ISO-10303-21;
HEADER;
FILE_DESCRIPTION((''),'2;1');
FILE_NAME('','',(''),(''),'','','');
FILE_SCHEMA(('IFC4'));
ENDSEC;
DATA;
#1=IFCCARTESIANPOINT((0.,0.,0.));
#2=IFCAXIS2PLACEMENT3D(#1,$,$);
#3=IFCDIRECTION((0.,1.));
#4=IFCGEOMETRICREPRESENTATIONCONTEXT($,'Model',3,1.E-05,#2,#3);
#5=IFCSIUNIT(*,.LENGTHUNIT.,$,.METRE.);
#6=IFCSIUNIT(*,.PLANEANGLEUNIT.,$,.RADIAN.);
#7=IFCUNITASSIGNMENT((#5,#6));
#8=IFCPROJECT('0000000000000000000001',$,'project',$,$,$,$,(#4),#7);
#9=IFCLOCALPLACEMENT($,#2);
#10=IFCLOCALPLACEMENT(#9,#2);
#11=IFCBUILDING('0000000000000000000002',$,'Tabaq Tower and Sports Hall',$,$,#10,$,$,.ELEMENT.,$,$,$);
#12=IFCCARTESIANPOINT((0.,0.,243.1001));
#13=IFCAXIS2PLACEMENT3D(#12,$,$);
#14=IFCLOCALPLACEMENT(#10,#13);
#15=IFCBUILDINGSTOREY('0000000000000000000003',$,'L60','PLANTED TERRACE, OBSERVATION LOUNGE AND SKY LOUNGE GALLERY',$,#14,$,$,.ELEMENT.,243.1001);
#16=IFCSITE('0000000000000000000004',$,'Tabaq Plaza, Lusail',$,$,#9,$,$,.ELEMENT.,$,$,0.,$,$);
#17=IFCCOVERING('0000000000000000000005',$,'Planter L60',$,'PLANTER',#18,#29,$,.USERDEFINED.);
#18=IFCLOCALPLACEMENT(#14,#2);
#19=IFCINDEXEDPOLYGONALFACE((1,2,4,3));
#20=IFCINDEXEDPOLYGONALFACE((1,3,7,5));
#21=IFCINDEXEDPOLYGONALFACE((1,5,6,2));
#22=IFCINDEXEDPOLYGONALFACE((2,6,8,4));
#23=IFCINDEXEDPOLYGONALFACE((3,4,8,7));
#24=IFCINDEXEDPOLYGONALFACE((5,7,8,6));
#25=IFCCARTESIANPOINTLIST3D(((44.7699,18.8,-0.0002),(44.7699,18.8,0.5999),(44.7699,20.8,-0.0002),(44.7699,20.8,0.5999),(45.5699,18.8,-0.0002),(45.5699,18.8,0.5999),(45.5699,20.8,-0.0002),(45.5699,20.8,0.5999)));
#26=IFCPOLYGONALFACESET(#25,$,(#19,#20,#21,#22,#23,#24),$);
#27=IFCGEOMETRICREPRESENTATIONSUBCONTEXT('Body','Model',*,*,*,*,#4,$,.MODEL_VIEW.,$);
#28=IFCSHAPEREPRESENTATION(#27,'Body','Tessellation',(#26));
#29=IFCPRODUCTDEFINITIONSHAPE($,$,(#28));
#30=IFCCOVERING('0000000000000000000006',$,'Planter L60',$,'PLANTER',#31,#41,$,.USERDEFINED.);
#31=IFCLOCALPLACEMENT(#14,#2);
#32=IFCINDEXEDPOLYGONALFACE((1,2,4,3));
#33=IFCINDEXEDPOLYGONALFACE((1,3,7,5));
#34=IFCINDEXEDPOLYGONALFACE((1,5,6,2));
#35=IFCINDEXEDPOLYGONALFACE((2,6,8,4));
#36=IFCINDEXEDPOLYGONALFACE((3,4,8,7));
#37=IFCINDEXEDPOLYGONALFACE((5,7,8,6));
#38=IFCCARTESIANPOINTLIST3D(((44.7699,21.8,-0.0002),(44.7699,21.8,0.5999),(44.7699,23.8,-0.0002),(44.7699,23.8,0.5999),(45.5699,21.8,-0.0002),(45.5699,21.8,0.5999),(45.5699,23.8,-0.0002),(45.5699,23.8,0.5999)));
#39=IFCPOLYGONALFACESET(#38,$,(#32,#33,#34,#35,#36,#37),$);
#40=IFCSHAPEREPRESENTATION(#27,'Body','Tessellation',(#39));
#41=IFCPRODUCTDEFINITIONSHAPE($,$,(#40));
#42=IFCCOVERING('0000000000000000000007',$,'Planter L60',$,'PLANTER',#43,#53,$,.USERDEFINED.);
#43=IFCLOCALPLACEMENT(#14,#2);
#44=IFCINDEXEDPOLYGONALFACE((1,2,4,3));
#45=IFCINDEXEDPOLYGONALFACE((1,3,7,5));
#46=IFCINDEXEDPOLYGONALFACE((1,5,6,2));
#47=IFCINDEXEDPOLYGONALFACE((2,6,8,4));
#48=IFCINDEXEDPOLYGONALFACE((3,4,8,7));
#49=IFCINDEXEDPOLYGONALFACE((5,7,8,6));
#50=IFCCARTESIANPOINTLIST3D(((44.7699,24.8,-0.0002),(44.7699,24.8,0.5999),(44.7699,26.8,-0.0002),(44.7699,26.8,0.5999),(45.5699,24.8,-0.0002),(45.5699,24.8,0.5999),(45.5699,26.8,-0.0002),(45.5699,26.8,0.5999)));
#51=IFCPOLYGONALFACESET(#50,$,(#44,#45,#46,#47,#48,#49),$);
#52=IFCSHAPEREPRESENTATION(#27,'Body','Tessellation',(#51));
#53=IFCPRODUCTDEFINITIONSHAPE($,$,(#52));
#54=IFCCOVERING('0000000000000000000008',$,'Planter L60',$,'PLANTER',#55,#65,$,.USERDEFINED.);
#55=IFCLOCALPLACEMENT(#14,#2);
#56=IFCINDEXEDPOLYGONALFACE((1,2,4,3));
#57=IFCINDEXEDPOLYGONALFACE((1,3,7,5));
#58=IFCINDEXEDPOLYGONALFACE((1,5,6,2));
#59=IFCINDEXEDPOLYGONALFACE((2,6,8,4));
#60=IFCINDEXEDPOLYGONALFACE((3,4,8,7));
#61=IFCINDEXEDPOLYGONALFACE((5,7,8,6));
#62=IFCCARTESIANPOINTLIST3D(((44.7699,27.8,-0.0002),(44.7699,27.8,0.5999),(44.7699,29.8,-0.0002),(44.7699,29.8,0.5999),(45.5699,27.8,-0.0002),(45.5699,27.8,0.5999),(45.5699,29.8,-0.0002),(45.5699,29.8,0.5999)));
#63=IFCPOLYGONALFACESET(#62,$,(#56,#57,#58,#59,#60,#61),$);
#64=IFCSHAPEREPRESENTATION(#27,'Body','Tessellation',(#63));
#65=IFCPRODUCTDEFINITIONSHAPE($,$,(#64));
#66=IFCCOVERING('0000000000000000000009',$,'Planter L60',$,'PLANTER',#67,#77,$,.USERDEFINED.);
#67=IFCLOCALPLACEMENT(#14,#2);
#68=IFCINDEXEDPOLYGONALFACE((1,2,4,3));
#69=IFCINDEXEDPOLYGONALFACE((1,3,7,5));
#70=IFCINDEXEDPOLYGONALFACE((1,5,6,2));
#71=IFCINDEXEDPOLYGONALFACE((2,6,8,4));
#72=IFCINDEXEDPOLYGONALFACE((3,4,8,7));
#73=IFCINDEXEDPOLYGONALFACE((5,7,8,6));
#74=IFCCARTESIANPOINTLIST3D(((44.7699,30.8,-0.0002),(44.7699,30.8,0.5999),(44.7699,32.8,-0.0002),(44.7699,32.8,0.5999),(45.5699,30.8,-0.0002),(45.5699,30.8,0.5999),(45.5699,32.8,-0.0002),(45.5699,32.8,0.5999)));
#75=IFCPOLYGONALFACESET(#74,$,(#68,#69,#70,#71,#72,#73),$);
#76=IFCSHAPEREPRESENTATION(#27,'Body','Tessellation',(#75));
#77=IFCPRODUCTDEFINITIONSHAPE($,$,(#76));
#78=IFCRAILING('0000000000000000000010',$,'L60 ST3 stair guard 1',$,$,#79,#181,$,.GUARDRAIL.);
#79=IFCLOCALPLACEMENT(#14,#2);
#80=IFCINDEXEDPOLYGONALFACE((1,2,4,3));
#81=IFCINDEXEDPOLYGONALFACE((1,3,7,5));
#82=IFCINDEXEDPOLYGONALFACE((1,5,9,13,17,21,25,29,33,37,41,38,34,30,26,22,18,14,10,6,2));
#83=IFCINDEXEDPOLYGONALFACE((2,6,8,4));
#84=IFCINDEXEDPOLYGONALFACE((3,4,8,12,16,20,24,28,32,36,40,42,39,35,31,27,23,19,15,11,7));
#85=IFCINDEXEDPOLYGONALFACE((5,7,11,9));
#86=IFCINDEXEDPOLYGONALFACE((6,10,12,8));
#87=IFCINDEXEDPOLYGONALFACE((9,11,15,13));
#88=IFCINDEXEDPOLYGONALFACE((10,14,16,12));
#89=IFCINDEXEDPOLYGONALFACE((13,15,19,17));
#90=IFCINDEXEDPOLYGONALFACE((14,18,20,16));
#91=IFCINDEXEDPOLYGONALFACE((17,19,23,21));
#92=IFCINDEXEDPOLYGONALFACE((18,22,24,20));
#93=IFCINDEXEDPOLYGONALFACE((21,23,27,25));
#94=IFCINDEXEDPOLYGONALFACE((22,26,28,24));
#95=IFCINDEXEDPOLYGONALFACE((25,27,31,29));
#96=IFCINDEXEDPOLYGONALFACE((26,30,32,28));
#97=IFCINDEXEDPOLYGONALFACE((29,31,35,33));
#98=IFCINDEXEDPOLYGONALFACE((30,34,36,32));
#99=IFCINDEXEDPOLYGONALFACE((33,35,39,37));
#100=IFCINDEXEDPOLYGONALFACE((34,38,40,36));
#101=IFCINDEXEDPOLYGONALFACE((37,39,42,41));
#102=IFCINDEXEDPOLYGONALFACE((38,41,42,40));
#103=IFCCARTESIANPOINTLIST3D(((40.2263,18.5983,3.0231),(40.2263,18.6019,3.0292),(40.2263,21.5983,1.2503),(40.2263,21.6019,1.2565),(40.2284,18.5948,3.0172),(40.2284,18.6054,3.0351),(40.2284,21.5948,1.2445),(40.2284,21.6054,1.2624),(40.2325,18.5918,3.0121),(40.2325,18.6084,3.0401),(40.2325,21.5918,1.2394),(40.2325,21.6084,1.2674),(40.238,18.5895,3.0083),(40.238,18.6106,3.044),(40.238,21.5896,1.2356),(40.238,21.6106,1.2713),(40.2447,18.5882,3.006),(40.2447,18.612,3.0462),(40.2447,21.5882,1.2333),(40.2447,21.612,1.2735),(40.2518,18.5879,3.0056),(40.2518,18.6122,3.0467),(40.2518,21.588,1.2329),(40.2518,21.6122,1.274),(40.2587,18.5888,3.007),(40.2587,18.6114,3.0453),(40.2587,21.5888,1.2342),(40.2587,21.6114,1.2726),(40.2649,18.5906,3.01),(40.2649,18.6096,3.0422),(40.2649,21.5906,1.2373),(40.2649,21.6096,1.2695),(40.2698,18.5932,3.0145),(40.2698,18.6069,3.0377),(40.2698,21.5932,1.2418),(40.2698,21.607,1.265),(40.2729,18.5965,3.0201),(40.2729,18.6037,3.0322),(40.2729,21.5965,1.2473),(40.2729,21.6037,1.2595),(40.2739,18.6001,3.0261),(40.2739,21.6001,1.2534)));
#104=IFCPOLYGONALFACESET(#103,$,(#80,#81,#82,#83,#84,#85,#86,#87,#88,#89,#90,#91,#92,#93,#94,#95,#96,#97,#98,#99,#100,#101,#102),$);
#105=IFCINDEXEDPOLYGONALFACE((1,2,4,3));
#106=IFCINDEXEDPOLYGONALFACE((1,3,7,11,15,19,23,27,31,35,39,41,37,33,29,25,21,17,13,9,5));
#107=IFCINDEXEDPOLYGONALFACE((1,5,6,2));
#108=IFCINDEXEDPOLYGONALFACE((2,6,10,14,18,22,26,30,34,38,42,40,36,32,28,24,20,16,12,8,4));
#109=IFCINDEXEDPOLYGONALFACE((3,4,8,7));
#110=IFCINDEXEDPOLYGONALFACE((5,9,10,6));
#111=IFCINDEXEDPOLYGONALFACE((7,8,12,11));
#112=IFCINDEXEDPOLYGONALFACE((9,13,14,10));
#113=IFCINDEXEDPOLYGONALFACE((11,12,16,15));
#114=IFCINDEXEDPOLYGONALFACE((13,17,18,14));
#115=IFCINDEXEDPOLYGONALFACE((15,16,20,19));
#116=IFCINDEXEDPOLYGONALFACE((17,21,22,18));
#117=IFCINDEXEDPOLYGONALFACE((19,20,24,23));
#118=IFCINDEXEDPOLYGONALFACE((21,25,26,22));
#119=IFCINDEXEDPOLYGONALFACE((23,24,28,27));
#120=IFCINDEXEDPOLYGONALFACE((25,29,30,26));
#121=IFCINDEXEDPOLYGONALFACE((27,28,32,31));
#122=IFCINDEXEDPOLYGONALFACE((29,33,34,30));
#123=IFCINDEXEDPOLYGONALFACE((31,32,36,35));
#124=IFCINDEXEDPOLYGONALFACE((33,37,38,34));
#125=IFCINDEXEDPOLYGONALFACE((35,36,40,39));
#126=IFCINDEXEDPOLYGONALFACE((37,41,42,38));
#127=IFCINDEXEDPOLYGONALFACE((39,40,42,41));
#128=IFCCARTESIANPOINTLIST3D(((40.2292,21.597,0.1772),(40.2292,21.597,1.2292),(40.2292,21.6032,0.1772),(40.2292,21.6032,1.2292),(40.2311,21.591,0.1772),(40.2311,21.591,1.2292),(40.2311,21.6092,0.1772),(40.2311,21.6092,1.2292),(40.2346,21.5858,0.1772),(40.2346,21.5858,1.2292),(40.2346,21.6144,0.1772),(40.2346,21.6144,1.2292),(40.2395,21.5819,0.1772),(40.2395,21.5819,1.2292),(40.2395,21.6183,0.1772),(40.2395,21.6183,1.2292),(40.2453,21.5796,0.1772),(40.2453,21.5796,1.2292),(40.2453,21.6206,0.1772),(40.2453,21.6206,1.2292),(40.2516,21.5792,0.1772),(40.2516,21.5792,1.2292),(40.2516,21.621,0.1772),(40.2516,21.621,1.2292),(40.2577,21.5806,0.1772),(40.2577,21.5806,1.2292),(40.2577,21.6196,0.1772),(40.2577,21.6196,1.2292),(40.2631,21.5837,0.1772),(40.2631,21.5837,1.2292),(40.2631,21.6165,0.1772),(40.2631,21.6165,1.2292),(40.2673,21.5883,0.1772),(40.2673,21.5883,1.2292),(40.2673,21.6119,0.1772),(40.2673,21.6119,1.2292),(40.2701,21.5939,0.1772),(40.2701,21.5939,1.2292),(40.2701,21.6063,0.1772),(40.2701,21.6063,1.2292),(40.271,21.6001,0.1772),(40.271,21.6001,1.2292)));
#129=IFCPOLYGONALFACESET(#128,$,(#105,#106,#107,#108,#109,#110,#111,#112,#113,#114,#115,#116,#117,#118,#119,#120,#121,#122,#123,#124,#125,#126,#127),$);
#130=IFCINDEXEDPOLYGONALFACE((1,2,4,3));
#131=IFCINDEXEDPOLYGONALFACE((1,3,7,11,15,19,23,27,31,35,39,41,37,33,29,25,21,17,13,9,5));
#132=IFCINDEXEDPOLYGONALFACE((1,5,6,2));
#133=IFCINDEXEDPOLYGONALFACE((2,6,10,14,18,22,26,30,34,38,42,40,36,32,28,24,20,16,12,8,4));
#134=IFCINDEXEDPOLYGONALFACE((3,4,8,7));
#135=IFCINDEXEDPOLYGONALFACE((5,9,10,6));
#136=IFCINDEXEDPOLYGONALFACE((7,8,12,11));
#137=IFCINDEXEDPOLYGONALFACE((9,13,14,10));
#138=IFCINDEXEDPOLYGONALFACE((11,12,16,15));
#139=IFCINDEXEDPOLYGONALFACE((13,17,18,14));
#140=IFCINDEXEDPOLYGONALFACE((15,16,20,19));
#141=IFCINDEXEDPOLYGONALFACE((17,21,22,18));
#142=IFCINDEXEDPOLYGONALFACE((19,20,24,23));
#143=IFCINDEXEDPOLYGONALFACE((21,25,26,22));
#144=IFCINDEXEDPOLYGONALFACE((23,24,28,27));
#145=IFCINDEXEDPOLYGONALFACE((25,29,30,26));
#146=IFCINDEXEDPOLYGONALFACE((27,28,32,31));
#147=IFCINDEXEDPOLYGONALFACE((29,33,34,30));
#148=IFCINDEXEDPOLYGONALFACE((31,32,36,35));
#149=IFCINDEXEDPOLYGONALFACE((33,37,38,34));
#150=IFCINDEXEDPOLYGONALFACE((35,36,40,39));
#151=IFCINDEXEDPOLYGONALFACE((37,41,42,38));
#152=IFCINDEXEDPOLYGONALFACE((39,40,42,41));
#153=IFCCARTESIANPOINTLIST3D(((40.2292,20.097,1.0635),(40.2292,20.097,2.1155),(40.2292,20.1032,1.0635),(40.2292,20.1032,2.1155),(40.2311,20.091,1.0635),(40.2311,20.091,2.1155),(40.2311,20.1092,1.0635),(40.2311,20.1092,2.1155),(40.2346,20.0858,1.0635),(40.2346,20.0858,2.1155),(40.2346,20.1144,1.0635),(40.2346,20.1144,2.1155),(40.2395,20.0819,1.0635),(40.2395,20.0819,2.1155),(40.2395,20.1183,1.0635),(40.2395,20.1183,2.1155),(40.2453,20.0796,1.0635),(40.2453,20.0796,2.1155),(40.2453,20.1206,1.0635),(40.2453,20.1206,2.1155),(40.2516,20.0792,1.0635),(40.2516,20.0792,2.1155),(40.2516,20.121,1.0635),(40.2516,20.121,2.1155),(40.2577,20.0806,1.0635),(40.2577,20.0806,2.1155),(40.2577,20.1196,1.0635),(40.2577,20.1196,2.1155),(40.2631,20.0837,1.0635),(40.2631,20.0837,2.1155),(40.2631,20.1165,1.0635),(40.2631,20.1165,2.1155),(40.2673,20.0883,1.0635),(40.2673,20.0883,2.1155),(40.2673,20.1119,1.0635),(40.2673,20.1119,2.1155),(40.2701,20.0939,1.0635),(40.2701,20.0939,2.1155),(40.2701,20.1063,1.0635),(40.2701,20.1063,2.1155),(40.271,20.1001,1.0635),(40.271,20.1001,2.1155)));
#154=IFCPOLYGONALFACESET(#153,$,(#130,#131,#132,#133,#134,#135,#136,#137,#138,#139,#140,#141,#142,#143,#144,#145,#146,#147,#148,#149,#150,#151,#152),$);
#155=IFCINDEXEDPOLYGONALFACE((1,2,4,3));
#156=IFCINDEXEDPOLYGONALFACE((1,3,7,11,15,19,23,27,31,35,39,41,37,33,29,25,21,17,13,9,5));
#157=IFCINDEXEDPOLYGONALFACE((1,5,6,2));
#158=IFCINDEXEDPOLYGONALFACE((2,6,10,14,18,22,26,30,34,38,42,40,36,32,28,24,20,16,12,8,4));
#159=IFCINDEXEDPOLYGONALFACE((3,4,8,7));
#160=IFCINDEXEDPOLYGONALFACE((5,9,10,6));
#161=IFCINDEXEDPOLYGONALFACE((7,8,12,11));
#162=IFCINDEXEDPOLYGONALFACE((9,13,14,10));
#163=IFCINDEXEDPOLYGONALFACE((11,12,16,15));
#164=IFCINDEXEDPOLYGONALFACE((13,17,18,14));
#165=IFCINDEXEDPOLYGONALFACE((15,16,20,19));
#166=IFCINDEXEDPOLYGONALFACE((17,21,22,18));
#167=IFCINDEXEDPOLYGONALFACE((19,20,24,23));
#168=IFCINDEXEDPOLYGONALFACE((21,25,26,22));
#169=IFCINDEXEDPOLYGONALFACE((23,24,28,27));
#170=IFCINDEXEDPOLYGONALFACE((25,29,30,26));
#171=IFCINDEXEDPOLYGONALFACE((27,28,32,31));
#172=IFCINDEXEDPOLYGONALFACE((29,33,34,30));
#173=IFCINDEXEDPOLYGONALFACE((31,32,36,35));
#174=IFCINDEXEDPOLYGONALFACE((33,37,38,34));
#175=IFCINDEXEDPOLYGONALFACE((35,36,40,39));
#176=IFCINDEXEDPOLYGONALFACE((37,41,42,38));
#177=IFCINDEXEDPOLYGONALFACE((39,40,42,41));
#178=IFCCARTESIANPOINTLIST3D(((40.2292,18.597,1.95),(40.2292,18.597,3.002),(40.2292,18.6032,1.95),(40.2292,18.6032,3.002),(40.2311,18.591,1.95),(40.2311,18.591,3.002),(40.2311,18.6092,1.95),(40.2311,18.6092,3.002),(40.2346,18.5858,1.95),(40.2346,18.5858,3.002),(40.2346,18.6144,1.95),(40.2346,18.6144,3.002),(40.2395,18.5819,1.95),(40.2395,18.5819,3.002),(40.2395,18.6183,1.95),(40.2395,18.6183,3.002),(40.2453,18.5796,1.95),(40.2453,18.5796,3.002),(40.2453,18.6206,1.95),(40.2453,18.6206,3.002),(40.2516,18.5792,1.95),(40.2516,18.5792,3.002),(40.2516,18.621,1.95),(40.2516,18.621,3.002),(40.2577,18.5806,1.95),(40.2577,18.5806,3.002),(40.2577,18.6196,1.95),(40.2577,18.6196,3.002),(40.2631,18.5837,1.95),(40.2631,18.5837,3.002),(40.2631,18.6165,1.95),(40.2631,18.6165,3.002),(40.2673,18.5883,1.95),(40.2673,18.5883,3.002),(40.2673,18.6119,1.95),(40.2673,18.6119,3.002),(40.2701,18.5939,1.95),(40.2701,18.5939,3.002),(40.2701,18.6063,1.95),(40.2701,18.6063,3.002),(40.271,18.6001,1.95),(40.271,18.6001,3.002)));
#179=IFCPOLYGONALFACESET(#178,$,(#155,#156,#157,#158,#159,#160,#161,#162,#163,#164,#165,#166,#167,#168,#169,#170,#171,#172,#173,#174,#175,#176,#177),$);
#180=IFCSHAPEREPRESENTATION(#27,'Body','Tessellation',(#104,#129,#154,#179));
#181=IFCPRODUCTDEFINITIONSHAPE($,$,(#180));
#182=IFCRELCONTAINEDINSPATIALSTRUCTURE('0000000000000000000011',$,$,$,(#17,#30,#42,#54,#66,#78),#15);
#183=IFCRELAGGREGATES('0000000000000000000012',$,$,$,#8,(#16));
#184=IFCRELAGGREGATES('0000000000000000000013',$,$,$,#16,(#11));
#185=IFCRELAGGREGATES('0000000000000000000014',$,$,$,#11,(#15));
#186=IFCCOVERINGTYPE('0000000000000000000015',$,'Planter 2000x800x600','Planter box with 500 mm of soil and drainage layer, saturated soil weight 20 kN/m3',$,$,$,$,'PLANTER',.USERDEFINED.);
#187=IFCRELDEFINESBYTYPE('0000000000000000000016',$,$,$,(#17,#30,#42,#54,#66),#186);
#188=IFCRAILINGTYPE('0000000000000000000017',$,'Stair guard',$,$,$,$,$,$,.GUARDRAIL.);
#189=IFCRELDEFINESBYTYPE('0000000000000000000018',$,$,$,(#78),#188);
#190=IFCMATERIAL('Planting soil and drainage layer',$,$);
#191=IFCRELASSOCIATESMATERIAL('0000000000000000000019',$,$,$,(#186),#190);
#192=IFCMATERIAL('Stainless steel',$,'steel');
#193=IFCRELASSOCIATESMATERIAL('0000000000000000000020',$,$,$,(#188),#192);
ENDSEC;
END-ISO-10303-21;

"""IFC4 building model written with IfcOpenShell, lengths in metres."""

from ifc_helpers import new_model, si_unit, direction, frame, origin, origin_2d, place, context, subcontext, project, spatial, rectangle, circle, extrude, material, type_object, element, save


model = new_model("IFC4")

# Units and contexts
model_context = context("Model", 3, precision=1e-05, world=origin(), true_north=direction((0.0, 1.0)))
body_context = subcontext(model_context, "Body", "Model", "MODEL_VIEW")
ifc_project = project(units=[si_unit("LENGTHUNIT", "METRE"), si_unit("PLANEANGLEUNIT", "RADIAN")], contexts=[model_context])

# Site, building, storey
site_placement = place(None, origin())
site = spatial("IfcSite", under=ifc_project, at=site_placement, Name="Tabaq Plaza, Lusail", CompositionType="ELEMENT", RefElevation=0.0)
building_placement = place(site_placement, origin())
building = spatial("IfcBuilding", under=site, at=building_placement, Name="Tabaq Tower and Sports Hall", CompositionType="ELEMENT")
storey_placement = place(building_placement, frame((0.0, 0.0, 243.1001)))
storey = spatial("IfcBuildingStorey", under=building, at=storey_placement, Name="L60", Description="PLANTED TERRACE, OBSERVATION LOUNGE AND SKY LOUNGE GALLERY", CompositionType="ELEMENT", Elevation=243.1001)

# Coverings
ifc_material_1 = material(Name="Planting soil and drainage layer")
covering_type = type_object("IfcCoveringType", Name="Planter 2000x800x600", Description="Planter box with 500 mm of soil and drainage layer, saturated soil weight 20 kN/m3", ElementType="PLANTER", PredefinedType="USERDEFINED", material=ifc_material_1)
for number, where, z_axis, x_axis, name in (
    (1, (45.1699, 19.8, -0.0002), (0.0, 0.0, 1.0), (0.0, 1.0, 0.0), "Planter L60"),
    (2, (45.1699, 22.8, -0.0002), (0.0, 0.0, 1.0), (0.0, 1.0, 0.0), "Planter L60"),
    (3, (45.1699, 25.8, -0.0002), (0.0, 0.0, 1.0), (0.0, 1.0, 0.0), "Planter L60"),
    (4, (45.1699, 28.8, -0.0002), (0.0, 0.0, 1.0), (0.0, 1.0, 0.0), "Planter L60"),
    (5, (45.1699, 31.8, -0.0002), (0.0, 0.0, 1.0), (0.0, 1.0, 0.0), "Planter L60"),
):
    element("IfcCovering", number, at=place(storey_placement, frame(where, z_axis=z_axis, x_axis=x_axis)), inside=storey, type_object=covering_type, Name=name, ObjectType="PLANTER", PredefinedType="USERDEFINED", context=body_context, shape_type="SweptSolid", body=[
        extrude(rectangle(XDim=2.0, YDim=0.8, at=origin_2d()), origin(), (0.0, 0.0, 1.0), 0.6001),
    ])

# Railing
ifc_material_2 = material(Name="Stainless steel", Category="steel")
railing_type_1 = type_object("IfcRailingType", Name="Stair guard", PredefinedType="GUARDRAIL", material=ifc_material_2)
railing_1_placement = place(storey_placement, frame((40.25, 21.6001, 0.1772)))
element("IfcRailing", 6, at=railing_1_placement, inside=storey, type_object=railing_type_1, Name="L60 ST3 stair guard 1", PredefinedType="GUARDRAIL", context=body_context, shape_type="SweptSolid", body=[
    extrude(circle(Radius=0.0239, at=origin_2d()), frame((0.0, 0.0, 1.0762), z_axis=(0.0, -0.860929, 0.508725), x_axis=(1.0, 0.0, 0.0)), (0.0, 0.0, 1.0), 3.4846),
    extrude(circle(Radius=0.021, at=origin_2d()), origin(), (0.0, 0.0, 1.0), 1.052),
    extrude(circle(Radius=0.021, at=origin_2d()), frame((0.0, -1.5, 0.8862)), (0.0, 0.0, 1.0), 1.052),
    extrude(circle(Radius=0.021, at=origin_2d()), frame((0.0, -3.0, 1.7727)), (0.0, 0.0, 1.0), 1.052),
])

save(model, "model.ifc")
